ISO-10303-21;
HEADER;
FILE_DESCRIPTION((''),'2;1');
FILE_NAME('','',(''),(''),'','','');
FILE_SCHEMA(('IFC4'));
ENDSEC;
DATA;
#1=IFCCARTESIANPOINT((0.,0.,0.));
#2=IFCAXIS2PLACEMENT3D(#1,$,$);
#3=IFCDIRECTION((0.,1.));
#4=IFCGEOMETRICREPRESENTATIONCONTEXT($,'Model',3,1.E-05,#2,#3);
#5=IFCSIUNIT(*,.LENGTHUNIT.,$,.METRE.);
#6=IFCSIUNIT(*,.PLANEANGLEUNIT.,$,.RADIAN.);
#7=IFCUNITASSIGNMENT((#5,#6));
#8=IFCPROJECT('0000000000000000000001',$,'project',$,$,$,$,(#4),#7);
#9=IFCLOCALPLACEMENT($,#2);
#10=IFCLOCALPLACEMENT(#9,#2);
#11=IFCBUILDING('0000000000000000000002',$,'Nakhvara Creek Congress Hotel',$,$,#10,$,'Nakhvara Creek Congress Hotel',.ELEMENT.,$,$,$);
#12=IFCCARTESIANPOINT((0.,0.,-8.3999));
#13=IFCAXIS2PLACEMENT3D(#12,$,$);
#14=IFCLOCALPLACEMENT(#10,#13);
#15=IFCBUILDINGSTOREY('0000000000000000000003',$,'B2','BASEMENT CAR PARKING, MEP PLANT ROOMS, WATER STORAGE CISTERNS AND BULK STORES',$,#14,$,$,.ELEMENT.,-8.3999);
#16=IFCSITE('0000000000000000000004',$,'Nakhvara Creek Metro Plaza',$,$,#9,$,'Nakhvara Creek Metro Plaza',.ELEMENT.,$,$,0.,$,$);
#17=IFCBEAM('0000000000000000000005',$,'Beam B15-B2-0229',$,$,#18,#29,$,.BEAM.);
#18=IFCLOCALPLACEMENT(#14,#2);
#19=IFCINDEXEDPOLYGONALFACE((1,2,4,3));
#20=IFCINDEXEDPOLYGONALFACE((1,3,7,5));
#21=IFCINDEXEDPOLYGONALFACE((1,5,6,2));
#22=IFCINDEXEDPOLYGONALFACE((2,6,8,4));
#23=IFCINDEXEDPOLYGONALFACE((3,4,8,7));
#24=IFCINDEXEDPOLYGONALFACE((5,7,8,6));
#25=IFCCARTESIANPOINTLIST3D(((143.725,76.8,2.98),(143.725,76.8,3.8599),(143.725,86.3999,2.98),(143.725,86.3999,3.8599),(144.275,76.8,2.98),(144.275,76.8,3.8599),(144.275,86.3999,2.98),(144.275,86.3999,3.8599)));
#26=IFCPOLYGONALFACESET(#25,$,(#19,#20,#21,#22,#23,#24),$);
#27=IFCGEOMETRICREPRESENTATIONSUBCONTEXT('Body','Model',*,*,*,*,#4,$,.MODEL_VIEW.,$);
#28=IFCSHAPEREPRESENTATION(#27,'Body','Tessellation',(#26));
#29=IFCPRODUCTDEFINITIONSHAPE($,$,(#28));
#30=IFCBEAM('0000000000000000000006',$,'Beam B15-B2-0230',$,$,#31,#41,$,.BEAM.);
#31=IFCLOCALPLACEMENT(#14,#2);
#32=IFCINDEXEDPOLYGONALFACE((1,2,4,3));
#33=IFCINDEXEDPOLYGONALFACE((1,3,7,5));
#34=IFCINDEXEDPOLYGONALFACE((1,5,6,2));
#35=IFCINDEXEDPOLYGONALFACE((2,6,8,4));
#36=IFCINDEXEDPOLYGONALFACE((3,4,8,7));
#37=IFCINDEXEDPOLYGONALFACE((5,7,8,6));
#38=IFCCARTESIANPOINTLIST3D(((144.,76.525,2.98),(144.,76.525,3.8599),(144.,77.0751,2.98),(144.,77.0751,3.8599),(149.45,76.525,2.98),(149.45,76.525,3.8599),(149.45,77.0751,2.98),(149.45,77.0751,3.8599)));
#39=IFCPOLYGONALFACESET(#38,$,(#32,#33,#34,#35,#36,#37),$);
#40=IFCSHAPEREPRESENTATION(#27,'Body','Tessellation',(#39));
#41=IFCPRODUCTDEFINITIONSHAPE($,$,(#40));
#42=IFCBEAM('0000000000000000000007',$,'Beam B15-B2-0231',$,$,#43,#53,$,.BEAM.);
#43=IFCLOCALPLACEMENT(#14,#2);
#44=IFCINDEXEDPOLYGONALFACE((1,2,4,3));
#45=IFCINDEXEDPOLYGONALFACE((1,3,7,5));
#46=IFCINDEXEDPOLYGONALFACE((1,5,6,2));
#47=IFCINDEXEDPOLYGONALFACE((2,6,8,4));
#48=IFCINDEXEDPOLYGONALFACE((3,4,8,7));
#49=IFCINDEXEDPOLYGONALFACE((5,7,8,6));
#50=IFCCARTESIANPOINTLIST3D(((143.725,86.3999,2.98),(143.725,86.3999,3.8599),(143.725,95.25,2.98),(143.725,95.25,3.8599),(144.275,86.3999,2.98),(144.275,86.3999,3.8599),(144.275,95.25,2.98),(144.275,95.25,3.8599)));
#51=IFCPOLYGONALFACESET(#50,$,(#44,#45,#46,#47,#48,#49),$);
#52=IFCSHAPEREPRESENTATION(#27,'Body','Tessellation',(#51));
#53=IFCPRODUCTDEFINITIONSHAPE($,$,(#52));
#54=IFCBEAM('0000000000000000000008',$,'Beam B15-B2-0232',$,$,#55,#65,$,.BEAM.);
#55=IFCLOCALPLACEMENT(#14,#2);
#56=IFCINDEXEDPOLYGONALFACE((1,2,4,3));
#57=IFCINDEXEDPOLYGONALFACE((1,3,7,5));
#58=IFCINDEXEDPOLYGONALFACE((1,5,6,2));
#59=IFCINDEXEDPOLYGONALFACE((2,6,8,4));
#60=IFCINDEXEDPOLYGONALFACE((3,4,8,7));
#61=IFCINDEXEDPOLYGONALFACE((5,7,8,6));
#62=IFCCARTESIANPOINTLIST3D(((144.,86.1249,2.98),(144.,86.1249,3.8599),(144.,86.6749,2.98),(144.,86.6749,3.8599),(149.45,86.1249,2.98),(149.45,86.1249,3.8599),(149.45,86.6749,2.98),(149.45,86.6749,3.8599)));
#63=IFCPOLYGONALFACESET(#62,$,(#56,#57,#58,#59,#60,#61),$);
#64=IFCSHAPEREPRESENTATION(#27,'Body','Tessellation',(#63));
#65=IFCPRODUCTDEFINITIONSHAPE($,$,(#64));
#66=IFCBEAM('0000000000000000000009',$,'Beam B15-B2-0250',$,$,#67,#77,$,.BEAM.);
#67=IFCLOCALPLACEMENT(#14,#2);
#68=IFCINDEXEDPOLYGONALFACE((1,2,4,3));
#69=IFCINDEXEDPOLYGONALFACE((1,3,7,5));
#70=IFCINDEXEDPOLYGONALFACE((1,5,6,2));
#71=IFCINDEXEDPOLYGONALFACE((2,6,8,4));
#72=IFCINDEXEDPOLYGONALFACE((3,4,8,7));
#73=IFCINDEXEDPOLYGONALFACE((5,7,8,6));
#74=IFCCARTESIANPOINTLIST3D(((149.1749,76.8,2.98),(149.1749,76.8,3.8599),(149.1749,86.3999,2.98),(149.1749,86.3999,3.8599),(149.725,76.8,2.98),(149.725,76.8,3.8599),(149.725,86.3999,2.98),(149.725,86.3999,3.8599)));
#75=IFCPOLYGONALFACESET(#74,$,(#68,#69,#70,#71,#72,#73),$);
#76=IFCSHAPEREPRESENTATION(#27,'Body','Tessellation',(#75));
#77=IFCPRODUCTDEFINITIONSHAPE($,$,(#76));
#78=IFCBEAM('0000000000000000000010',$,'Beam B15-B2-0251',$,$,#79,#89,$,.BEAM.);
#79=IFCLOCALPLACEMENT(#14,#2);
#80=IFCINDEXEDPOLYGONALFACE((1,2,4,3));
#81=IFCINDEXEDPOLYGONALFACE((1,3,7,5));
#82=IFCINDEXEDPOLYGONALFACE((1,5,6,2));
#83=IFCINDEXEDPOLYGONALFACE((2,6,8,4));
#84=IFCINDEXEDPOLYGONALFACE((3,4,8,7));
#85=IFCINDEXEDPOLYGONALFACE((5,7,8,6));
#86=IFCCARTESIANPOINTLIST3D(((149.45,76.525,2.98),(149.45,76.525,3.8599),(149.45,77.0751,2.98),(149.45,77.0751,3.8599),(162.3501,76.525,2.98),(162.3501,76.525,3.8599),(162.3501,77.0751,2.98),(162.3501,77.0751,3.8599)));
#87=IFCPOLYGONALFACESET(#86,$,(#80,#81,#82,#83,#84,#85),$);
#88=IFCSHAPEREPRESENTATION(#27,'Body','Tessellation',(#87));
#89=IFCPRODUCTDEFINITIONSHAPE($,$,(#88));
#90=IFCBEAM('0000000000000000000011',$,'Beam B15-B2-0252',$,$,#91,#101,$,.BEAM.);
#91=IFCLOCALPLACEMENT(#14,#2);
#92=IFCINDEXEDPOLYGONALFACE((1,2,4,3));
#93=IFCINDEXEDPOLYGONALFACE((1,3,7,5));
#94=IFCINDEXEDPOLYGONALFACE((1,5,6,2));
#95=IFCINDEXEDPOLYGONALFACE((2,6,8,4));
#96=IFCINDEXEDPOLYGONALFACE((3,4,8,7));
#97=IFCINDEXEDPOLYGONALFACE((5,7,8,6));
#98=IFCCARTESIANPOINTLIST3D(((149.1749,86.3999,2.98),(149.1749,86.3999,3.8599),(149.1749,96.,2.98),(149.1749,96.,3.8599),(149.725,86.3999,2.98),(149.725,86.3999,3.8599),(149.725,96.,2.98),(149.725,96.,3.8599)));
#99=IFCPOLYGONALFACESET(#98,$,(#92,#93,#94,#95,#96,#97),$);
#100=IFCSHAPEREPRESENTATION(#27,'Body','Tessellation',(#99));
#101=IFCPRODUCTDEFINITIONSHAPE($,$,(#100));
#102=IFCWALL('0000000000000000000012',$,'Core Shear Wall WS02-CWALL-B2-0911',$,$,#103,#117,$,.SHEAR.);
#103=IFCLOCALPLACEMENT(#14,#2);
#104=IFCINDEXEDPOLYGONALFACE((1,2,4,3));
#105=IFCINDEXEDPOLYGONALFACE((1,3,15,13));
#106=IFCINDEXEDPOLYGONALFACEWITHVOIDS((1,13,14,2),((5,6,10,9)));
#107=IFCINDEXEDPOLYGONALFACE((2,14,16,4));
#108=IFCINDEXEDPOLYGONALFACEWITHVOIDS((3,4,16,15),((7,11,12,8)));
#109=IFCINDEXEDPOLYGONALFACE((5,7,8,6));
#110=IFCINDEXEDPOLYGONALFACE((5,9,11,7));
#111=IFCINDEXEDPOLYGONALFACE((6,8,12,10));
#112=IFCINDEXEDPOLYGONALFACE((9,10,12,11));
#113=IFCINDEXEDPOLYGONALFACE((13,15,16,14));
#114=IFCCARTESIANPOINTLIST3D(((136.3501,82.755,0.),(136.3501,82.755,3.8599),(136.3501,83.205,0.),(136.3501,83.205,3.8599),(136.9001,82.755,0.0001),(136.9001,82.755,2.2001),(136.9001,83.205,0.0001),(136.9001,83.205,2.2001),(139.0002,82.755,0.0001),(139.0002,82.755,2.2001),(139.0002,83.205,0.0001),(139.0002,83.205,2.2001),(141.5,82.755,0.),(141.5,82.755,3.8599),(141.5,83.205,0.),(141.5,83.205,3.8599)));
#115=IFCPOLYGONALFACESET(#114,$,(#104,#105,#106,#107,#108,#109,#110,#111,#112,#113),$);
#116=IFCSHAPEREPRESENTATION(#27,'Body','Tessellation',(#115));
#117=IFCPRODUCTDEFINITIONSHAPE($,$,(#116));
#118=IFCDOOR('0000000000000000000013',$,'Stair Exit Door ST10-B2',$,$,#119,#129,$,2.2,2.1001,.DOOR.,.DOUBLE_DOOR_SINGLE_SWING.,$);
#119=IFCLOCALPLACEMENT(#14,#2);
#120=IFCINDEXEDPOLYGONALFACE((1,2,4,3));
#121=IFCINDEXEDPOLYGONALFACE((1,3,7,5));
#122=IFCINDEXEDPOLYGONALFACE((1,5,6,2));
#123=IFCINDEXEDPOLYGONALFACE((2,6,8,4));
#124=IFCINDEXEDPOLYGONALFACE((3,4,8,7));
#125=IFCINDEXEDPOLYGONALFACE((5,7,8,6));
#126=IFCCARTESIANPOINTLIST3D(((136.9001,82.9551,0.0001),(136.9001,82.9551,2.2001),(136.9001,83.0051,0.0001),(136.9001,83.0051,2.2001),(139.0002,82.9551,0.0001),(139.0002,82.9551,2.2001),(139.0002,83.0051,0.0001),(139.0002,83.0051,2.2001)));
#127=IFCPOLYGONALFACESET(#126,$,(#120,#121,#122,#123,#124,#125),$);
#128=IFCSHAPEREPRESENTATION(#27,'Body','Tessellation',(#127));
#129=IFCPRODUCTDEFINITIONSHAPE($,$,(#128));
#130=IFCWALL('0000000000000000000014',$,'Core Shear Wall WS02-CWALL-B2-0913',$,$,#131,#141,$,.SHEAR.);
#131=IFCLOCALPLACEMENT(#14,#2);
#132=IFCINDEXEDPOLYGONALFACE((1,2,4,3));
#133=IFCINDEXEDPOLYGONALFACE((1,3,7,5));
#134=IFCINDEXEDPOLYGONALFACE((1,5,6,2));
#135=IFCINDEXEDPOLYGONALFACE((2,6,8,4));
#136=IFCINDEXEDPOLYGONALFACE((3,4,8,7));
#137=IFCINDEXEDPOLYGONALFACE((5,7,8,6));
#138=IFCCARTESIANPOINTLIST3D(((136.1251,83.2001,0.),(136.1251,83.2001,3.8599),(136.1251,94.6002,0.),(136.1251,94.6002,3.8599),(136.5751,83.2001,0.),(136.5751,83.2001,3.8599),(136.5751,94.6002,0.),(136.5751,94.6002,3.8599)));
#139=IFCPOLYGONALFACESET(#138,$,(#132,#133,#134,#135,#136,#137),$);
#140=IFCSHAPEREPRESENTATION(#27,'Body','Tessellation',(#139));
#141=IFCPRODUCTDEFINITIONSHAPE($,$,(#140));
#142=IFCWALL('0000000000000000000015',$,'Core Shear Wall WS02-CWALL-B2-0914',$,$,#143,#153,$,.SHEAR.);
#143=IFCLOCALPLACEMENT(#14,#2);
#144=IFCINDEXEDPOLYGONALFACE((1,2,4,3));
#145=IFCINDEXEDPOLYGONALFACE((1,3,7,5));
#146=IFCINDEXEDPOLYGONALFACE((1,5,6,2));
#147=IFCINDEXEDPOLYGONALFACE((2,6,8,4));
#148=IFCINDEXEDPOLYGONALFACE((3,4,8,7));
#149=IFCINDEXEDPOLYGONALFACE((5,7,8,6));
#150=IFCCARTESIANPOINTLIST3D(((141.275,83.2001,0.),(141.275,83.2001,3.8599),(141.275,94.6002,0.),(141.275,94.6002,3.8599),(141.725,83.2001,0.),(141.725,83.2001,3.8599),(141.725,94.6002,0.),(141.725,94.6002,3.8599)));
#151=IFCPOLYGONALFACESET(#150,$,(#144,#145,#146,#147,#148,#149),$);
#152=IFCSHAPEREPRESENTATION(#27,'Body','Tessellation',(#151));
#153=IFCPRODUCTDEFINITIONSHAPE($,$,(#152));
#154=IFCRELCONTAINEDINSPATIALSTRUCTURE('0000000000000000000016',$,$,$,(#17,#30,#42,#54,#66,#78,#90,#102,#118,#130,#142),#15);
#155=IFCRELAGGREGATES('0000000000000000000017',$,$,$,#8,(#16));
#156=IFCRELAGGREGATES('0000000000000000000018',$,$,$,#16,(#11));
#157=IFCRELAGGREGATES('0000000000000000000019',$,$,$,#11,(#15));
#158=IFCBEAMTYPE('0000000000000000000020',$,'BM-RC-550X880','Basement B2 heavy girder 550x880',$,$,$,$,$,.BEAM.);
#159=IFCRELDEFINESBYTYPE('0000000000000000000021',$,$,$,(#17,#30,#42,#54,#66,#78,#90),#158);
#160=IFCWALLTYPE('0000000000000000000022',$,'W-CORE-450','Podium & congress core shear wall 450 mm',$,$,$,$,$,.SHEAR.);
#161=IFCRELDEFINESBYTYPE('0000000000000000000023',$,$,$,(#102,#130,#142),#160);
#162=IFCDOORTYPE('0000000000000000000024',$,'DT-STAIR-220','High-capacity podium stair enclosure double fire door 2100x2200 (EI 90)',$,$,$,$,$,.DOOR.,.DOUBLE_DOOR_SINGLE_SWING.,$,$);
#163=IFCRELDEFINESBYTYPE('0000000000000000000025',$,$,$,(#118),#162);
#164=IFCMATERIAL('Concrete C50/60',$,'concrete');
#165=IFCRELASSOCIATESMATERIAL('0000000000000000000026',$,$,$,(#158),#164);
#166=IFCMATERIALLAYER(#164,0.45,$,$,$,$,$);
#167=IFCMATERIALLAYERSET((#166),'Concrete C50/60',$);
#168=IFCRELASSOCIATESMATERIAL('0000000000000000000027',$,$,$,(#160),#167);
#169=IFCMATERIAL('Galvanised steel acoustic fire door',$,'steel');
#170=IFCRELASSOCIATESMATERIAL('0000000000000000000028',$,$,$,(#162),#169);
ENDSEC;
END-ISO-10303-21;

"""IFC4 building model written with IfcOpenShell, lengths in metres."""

from ifc_helpers import new_model, si_unit, direction, frame, frame_2d, origin, origin_2d, place, context, subcontext, project, spatial, rectangle, extrude, material, layer, layer_set, material_profile, profile_set, type_object, element, fill, save


model = new_model("IFC4")

# Units and contexts
model_context = context("Model", 3, precision=1e-05, world=origin(), true_north=direction((0.0, 1.0)))
body_context = subcontext(model_context, "Body", "Model", "MODEL_VIEW")
ifc_project = project(units=[si_unit("LENGTHUNIT", "METRE"), si_unit("PLANEANGLEUNIT", "RADIAN")], contexts=[model_context])

# Site, building, storey
site_placement = place(None, origin())
site = spatial("IfcSite", under=ifc_project, at=site_placement, Name="Nakhvara Creek Metro Plaza", LongName="Nakhvara Creek Metro Plaza", CompositionType="ELEMENT", RefElevation=0.0)
building_placement = place(site_placement, origin())
building = spatial("IfcBuilding", under=site, at=building_placement, Name="Nakhvara Creek Congress Hotel", LongName="Nakhvara Creek Congress Hotel", CompositionType="ELEMENT")
storey_placement = place(building_placement, frame((0.0, 0.0, -8.3999)))
storey = spatial("IfcBuildingStorey", under=building, at=storey_placement, Name="B2", Description="BASEMENT CAR PARKING, MEP PLANT ROOMS, WATER STORAGE CISTERNS AND BULK STORES", CompositionType="ELEMENT", Elevation=-8.3999)

# Shared definitions
ifc_material_1 = material(Name="Concrete C50/60", Category="concrete")

# Beams
ifc_material_profile_1 = material_profile(ifc_material_1, rectangle(XDim=0.55, YDim=0.8799, at=origin_2d()), Name="RC-BM 550x880", Category="LoadBearing")
ifc_profile_set_1 = profile_set([ifc_material_profile_1], Name="Concrete C50/60")
beam_type = type_object("IfcBeamType", Name="BM-RC-550X880", Description="Basement B2 heavy girder 550x880", PredefinedType="BEAM", material=ifc_profile_set_1)
beam_1_placement = place(storey_placement, frame((144.0, 76.8, 3.4199), z_axis=(0.0, 1.0, 0.0), x_axis=(-1.0, 0.0, 0.0)))
element("IfcBeam", 1, at=beam_1_placement, inside=storey, type_object=beam_type, Name="Beam B15-B2-0229", PredefinedType="BEAM", context=body_context, shape_type="SweptSolid", body=[
    extrude(rectangle(XDim=0.55, YDim=0.8799, at=origin_2d()), origin(), (0.0, 0.0, 1.0), 9.5999),
])
beam_2_placement = place(storey_placement, frame((144.0, 76.8, 3.4199), z_axis=(1.0, 0.0, 0.0), x_axis=(0.0, 1.0, 0.0)))
element("IfcBeam", 2, at=beam_2_placement, inside=storey, type_object=beam_type, Name="Beam B15-B2-0230", PredefinedType="BEAM", context=body_context, shape_type="SweptSolid", body=[
    extrude(rectangle(XDim=0.55, YDim=0.8799, at=origin_2d()), origin(), (0.0, 0.0, 1.0), 5.45),
])
beam_3_placement = place(storey_placement, frame((144.0, 86.3999, 3.4199), z_axis=(0.0, 1.0, 0.0), x_axis=(-1.0, 0.0, 0.0)))
element("IfcBeam", 3, at=beam_3_placement, inside=storey, type_object=beam_type, Name="Beam B15-B2-0231", PredefinedType="BEAM", context=body_context, shape_type="SweptSolid", body=[
    extrude(rectangle(XDim=0.55, YDim=0.8799, at=origin_2d()), origin(), (0.0, 0.0, 1.0), 8.8501),
])
beam_4_placement = place(storey_placement, frame((144.0, 86.3999, 3.4199), z_axis=(1.0, 0.0, 0.0), x_axis=(0.0, 1.0, 0.0)))
element("IfcBeam", 4, at=beam_4_placement, inside=storey, type_object=beam_type, Name="Beam B15-B2-0232", PredefinedType="BEAM", context=body_context, shape_type="SweptSolid", body=[
    extrude(rectangle(XDim=0.55, YDim=0.8799, at=origin_2d()), origin(), (0.0, 0.0, 1.0), 5.45),
])
beam_5_placement = place(storey_placement, frame((149.45, 76.8, 3.4199), z_axis=(0.0, 1.0, 0.0), x_axis=(-1.0, 0.0, 0.0)))
element("IfcBeam", 5, at=beam_5_placement, inside=storey, type_object=beam_type, Name="Beam B15-B2-0250", PredefinedType="BEAM", context=body_context, shape_type="SweptSolid", body=[
    extrude(rectangle(XDim=0.55, YDim=0.8799, at=origin_2d()), origin(), (0.0, 0.0, 1.0), 9.5999),
])
beam_6_placement = place(storey_placement, frame((149.45, 76.8, 3.4199), z_axis=(1.0, 0.0, 0.0), x_axis=(0.0, 1.0, 0.0)))
element("IfcBeam", 6, at=beam_6_placement, inside=storey, type_object=beam_type, Name="Beam B15-B2-0251", PredefinedType="BEAM", context=body_context, shape_type="SweptSolid", body=[
    extrude(rectangle(XDim=0.55, YDim=0.8799, at=origin_2d()), origin(), (0.0, 0.0, 1.0), 12.9001),
])
beam_7_placement = place(storey_placement, frame((149.45, 86.3999, 3.4199), z_axis=(0.0, 1.0, 0.0), x_axis=(-1.0, 0.0, 0.0)))
element("IfcBeam", 7, at=beam_7_placement, inside=storey, type_object=beam_type, Name="Beam B15-B2-0252", PredefinedType="BEAM", context=body_context, shape_type="SweptSolid", body=[
    extrude(rectangle(XDim=0.55, YDim=0.8799, at=origin_2d()), origin(), (0.0, 0.0, 1.0), 9.6001),
])

# Wall, opening, door
ifc_layer_1 = layer(ifc_material_1, 0.45)
ifc_layer_set_1 = layer_set([ifc_layer_1], Name="Concrete C50/60")
wall_type = type_object("IfcWallType", Name="W-CORE-450", Description="Podium & congress core shear wall 450 mm", PredefinedType="SHEAR", material=ifc_layer_set_1)
wall_placement = place(storey_placement, frame((136.3501, 82.98, 0.0), z_axis=(0.0, 0.0, 1.0), x_axis=(1.0, 0.0, 0.0)))
wall = element("IfcWall", 8, at=wall_placement, inside=storey, type_object=wall_type, Name="Core Shear Wall WS02-CWALL-B2-0911", PredefinedType="SHEAR", context=body_context, shape_type="SweptSolid", body=[
    extrude(rectangle(XDim=5.1499, YDim=0.45, at=frame_2d((2.575, 0.0))), origin(), (0.0, 0.0, 1.0), 3.8599),
])
opening_placement = place(wall_placement, frame((0.55, 0.0, 0.0)))
opening = element("IfcOpeningElement", 9, at=opening_placement, cuts=wall, PredefinedType="OPENING", context=body_context, shape_type="SweptSolid", body=[
    extrude(rectangle(XDim=2.1001, YDim=2.2, at=frame_2d((1.05, 1.1001))), frame((0.0, 0.2368, 0.0), z_axis=(0.0, -1.0, 0.0), x_axis=(1.0, 0.0, 0.0)), (0.0, 0.0, 1.0), 0.4739),
])
ifc_material_2 = material(Name="Galvanised steel acoustic fire door", Category="steel")
door_type = type_object("IfcDoorType", Name="DT-STAIR-220", Description="High-capacity podium stair enclosure double fire door 2100x2200 (EI 90)", OperationType="DOUBLE_DOOR_SINGLE_SWING", PredefinedType="DOOR", material=ifc_material_2)
door_placement = place(opening_placement, frame((2.1001, 0.0, 0.0), z_axis=(0.0, 0.0, 1.0), x_axis=(-1.0, 0.0, 0.0)))
door = element("IfcDoor", 10, at=door_placement, inside=storey, type_object=door_type, Name="Stair Exit Door ST10-B2", OperationType="DOUBLE_DOOR_SINGLE_SWING", OverallHeight=2.2, OverallWidth=2.1001, PredefinedType="DOOR", context=body_context, shape_type="SweptSolid", body=[
    extrude(rectangle(XDim=2.1001, YDim=2.2, at=frame_2d((1.05, 1.1001))), frame((0.0, 0.0249, 0.0), z_axis=(0.0, -1.0, 0.0), x_axis=(1.0, 0.0, 0.0)), (0.0, 0.0, 1.0), 0.05),
])
fill(opening, door)

# Walls
for number, where, z_axis, x_axis, name in (
    (11, (136.3501, 83.2, 0.0), (0.0, 0.0, 1.0), (0.0, 1.0, 0.0), "Core Shear Wall WS02-CWALL-B2-0913"),
    (12, (141.5, 83.2, 0.0), (0.0, 0.0, 1.0), (0.0, 1.0, 0.0), "Core Shear Wall WS02-CWALL-B2-0914"),
):
    element("IfcWall", number, at=place(storey_placement, frame(where, z_axis=z_axis, x_axis=x_axis)), inside=storey, type_object=wall_type, Name=name, PredefinedType="SHEAR", context=body_context, shape_type="SweptSolid", body=[
        extrude(rectangle(XDim=11.4001, YDim=0.45, at=frame_2d((5.7002, 0.0))), origin(), (0.0, 0.0, 1.0), 3.8599),
    ])

save(model, "model.ifc")
